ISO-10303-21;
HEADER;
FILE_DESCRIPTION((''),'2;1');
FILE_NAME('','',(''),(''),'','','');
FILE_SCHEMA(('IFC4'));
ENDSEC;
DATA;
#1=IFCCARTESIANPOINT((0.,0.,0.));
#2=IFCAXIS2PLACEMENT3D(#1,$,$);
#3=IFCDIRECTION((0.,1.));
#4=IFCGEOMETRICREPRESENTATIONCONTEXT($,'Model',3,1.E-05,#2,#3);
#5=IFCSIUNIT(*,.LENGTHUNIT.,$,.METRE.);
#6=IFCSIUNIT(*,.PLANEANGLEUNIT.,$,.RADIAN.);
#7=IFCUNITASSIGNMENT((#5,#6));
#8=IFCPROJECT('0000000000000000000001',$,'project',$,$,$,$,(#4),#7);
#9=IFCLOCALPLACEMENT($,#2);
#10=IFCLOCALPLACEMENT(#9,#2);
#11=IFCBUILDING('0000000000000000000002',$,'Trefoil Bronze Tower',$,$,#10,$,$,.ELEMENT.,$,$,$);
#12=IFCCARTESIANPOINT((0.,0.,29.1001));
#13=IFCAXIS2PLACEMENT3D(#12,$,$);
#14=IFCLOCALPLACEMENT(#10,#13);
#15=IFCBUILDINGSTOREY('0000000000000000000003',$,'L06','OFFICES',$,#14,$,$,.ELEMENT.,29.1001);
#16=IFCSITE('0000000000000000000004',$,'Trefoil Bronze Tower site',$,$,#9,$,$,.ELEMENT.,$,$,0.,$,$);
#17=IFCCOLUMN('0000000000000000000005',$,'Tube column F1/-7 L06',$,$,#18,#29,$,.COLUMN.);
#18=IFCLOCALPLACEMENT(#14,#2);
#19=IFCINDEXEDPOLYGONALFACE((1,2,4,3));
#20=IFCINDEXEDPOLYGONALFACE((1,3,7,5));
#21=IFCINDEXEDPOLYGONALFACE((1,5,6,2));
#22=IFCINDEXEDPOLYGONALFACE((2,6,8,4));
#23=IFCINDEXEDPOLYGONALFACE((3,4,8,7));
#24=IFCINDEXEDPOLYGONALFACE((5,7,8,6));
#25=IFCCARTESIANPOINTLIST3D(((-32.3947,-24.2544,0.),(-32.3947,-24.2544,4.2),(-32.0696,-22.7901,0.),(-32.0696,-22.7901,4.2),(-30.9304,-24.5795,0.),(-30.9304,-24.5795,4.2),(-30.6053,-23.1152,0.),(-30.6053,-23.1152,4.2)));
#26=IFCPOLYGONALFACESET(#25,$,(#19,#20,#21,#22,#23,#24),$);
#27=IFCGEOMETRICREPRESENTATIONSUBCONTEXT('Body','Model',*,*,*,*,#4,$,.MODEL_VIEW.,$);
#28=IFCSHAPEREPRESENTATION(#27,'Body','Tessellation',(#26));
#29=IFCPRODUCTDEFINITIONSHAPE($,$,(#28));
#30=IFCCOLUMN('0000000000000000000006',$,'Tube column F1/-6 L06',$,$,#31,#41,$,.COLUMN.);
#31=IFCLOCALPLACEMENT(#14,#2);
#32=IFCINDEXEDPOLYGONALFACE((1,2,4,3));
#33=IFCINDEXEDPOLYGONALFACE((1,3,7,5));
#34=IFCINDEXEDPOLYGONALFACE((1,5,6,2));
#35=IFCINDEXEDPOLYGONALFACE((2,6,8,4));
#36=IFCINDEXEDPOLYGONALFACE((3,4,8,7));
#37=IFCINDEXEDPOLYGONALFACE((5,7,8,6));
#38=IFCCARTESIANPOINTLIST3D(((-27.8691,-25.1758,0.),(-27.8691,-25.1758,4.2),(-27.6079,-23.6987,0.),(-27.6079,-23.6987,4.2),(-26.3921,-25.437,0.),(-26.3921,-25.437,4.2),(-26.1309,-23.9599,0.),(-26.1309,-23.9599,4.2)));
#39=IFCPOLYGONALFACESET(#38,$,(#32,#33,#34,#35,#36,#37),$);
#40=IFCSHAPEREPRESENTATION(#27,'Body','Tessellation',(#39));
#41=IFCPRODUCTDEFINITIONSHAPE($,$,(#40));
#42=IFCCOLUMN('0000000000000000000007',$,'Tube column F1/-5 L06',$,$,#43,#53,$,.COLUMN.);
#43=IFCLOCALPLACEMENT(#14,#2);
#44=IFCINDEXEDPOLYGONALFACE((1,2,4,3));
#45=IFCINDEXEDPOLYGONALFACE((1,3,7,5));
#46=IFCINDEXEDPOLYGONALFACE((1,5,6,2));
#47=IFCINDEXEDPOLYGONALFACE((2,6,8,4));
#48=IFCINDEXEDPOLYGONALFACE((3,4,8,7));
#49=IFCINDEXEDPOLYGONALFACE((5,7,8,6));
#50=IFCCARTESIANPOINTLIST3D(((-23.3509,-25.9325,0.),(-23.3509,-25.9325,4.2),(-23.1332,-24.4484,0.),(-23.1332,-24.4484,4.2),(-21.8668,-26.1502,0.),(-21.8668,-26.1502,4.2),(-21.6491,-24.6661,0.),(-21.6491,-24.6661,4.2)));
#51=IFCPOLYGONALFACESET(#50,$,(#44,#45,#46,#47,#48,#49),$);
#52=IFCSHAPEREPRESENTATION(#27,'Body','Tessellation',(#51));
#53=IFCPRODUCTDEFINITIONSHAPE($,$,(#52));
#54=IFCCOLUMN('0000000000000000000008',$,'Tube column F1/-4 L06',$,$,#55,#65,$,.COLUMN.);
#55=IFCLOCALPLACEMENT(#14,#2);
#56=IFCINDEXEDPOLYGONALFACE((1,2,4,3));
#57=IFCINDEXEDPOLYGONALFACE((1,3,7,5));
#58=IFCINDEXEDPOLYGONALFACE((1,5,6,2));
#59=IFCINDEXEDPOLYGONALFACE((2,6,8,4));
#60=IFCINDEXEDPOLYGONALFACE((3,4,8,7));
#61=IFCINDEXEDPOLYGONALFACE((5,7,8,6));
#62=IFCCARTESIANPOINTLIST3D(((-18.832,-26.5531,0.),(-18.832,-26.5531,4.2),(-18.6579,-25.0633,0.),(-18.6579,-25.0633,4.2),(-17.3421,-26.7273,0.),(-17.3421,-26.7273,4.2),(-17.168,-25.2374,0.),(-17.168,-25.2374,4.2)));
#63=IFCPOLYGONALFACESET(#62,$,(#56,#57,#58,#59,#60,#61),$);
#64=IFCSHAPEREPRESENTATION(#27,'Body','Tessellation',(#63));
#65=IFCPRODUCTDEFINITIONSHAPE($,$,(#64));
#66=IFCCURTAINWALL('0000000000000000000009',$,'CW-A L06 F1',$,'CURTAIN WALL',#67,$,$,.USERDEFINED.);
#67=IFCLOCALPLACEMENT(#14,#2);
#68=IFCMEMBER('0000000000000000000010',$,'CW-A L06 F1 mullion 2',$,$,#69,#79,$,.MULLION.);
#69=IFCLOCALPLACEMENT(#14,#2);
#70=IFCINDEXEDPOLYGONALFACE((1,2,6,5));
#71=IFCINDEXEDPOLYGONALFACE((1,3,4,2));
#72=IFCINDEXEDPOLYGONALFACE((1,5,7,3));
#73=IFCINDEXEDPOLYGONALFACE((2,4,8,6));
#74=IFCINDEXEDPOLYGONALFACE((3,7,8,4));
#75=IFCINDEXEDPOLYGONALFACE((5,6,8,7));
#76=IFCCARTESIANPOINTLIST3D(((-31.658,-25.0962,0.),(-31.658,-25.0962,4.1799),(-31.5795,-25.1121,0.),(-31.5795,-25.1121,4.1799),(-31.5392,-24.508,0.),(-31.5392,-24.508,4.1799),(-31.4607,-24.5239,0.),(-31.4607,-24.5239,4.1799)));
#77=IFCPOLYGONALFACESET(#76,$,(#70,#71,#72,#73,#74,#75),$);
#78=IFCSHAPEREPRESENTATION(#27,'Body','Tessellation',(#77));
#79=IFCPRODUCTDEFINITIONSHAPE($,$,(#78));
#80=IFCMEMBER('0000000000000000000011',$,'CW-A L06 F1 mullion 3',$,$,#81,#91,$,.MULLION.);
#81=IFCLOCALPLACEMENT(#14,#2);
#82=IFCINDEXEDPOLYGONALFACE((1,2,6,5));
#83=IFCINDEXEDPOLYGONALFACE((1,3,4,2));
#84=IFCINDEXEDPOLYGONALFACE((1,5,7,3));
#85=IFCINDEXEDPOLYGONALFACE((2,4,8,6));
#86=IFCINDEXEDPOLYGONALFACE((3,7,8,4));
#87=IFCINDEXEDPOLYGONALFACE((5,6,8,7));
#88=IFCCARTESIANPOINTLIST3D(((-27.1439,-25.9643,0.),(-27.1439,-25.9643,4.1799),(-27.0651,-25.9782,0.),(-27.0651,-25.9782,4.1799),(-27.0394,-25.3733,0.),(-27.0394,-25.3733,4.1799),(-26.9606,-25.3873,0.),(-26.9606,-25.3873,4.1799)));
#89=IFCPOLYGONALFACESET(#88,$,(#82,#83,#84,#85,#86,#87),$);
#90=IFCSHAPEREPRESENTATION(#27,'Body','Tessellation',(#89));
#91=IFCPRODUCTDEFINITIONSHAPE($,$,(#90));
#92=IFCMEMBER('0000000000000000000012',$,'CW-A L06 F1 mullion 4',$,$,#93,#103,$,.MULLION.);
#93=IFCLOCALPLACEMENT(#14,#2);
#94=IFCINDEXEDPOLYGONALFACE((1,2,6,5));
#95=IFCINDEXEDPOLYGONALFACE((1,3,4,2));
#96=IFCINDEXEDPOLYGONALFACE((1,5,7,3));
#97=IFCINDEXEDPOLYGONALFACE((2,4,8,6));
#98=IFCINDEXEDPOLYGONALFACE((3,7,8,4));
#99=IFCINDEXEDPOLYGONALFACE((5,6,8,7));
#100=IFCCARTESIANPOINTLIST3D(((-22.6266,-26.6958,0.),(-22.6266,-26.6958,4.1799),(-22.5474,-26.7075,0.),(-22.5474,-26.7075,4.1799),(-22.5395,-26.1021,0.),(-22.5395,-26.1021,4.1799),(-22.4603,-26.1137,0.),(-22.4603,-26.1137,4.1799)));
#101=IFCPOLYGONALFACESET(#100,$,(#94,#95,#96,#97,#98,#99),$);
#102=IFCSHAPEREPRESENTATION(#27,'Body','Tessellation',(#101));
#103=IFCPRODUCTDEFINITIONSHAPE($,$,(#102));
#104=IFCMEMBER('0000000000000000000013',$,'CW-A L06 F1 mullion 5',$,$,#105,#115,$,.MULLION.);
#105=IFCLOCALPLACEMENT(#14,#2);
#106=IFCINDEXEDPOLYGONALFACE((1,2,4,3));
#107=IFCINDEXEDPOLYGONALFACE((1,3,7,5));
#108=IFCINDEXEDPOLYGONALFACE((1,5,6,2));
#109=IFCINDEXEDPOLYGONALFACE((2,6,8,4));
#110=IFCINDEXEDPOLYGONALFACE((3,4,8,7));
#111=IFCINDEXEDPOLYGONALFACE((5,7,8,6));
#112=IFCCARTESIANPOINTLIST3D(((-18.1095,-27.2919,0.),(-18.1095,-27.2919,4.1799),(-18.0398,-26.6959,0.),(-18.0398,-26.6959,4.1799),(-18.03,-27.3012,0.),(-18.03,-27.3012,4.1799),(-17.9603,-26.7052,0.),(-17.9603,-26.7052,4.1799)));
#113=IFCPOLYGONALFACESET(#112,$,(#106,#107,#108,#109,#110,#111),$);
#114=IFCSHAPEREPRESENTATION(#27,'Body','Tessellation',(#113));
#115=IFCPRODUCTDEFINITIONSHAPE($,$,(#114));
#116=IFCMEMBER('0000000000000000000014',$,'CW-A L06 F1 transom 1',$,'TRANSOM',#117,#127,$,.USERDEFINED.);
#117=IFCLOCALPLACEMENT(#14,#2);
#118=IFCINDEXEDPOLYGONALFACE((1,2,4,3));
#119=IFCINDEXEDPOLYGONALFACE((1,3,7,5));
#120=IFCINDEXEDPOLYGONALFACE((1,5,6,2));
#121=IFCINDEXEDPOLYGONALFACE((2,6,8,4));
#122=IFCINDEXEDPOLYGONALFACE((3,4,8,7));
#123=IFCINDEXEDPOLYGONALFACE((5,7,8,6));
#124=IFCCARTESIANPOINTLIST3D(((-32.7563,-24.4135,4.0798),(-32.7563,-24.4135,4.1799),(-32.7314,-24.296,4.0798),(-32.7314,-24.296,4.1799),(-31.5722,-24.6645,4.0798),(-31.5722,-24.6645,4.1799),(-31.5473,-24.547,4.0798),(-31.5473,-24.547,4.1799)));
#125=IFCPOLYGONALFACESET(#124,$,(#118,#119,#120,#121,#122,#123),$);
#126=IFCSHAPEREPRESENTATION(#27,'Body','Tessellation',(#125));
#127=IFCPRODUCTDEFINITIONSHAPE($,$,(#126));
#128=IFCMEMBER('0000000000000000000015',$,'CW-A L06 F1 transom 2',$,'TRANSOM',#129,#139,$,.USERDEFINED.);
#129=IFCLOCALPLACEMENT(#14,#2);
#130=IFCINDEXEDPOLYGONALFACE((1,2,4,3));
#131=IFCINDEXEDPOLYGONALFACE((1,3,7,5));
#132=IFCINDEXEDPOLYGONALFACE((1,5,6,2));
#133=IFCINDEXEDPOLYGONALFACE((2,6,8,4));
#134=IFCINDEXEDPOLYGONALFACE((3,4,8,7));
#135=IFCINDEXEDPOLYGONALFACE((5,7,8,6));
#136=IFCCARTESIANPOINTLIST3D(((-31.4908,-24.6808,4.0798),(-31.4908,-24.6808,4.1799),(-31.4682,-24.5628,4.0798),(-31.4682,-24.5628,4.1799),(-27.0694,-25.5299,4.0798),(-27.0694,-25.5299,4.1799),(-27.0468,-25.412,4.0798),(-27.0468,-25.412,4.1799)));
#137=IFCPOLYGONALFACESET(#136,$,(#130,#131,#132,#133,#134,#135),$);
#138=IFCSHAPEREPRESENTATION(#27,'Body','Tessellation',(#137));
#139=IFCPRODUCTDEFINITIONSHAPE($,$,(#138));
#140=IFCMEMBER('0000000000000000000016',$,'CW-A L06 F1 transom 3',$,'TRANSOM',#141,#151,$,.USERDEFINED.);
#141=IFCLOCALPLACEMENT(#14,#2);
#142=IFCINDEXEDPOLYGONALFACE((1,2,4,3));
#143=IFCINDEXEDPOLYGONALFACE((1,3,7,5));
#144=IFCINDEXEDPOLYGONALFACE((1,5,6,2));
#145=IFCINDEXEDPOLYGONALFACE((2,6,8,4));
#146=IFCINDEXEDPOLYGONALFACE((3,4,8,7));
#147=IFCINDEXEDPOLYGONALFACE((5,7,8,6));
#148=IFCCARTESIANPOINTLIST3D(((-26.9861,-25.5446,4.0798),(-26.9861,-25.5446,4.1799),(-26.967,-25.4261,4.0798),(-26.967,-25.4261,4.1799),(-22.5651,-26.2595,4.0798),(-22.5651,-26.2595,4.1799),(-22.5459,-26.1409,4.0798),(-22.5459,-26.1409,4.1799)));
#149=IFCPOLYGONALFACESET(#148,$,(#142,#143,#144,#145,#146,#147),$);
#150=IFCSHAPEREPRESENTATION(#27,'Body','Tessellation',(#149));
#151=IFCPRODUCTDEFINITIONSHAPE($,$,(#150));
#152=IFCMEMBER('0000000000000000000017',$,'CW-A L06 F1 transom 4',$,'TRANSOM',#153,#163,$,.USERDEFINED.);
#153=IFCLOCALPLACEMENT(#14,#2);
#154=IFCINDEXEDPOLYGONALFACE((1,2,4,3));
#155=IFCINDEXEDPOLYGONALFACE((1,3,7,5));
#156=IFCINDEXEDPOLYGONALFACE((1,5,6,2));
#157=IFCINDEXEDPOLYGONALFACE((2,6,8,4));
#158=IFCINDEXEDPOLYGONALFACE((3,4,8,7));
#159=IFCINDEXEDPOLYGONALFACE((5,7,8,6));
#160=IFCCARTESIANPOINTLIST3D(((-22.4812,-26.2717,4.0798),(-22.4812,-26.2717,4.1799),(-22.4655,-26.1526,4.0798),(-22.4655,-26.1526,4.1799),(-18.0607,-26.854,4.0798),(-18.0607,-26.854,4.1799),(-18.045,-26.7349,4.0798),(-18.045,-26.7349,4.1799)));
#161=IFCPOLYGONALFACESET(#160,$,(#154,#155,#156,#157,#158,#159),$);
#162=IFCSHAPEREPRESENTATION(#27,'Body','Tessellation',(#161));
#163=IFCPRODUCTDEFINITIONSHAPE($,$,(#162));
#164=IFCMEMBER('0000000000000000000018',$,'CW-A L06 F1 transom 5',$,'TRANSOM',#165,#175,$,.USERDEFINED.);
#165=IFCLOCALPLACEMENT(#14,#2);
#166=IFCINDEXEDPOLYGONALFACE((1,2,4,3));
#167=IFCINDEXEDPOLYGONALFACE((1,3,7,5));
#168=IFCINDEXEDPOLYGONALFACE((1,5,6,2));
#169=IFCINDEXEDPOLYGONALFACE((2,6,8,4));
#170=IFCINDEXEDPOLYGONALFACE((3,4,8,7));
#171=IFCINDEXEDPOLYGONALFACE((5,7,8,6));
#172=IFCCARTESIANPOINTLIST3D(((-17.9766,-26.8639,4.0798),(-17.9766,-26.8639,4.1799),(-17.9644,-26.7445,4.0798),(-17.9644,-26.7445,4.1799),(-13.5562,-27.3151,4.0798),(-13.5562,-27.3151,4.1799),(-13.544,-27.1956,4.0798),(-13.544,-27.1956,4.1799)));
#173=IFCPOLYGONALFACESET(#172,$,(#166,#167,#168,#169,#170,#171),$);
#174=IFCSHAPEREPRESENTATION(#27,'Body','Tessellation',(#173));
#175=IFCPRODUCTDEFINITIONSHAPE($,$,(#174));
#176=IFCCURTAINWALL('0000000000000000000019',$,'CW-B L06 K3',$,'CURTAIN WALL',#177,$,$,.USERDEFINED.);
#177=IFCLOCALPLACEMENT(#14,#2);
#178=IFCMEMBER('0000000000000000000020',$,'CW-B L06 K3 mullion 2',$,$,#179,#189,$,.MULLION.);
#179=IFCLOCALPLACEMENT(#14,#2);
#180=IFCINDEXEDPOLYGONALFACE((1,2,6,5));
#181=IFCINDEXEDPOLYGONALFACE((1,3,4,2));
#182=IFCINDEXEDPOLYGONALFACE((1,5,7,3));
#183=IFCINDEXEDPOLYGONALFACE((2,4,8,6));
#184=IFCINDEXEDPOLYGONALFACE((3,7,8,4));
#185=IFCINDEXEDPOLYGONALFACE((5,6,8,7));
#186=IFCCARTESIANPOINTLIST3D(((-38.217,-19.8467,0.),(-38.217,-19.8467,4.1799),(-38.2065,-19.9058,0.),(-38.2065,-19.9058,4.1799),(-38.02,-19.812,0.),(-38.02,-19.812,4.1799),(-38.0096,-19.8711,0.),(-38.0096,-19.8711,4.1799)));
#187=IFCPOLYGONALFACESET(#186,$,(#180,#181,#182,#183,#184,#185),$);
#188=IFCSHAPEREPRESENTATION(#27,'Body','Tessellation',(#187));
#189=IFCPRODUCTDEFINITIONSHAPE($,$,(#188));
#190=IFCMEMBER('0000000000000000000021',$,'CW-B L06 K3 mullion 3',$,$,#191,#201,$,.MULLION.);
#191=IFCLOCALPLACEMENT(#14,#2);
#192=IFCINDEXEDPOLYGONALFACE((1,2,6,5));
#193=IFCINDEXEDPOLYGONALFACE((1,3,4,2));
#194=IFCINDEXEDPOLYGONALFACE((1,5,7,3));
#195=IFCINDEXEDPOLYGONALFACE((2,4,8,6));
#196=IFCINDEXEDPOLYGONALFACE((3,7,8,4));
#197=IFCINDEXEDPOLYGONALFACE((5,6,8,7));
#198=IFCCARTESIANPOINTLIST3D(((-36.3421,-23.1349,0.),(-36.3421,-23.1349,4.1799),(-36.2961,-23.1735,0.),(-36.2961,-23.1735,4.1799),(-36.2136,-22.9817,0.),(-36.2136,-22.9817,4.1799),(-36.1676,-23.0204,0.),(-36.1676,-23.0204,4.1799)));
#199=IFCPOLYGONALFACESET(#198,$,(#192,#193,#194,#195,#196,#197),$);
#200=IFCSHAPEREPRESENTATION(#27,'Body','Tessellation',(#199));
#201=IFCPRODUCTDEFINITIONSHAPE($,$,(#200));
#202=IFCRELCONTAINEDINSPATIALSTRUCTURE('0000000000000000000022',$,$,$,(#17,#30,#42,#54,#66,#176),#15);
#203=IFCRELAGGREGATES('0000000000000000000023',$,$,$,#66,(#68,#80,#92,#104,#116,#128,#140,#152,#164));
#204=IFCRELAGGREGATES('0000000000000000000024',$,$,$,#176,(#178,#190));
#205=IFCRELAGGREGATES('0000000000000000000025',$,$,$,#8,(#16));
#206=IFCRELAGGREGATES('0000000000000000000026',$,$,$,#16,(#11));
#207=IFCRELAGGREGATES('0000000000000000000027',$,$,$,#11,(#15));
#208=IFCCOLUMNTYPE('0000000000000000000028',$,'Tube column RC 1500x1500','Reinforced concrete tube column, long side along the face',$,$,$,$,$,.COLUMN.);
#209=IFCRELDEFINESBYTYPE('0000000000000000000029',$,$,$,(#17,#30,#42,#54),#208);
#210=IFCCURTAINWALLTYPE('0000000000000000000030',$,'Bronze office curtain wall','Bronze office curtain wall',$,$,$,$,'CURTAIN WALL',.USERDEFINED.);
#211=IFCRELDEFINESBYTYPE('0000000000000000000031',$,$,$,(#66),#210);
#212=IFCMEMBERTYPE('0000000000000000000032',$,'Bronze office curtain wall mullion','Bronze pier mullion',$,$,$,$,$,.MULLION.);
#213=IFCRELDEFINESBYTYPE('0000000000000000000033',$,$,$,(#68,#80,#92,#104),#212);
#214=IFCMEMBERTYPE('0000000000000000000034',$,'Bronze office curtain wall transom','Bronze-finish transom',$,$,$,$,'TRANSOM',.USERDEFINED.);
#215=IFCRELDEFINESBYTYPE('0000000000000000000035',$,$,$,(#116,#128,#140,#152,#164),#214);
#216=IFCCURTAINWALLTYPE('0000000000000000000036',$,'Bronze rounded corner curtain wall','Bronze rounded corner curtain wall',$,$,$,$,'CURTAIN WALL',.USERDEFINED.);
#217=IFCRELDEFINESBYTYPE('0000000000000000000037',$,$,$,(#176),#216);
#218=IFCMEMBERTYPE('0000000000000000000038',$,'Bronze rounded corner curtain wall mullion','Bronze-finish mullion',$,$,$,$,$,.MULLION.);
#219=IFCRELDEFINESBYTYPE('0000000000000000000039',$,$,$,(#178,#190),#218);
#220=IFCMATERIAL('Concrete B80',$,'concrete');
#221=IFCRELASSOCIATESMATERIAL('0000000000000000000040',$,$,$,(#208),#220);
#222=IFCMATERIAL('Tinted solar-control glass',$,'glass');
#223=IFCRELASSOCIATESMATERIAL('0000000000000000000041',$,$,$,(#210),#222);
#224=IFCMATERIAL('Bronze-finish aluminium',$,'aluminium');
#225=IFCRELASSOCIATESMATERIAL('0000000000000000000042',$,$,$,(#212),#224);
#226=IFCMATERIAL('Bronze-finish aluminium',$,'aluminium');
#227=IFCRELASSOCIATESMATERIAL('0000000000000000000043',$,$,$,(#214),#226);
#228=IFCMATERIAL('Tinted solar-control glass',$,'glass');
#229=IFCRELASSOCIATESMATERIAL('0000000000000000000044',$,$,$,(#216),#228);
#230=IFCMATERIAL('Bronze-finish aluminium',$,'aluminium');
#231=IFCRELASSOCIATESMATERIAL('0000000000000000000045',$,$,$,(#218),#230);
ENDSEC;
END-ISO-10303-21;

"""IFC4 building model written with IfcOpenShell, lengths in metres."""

from ifc_helpers import new_model, si_unit, direction, frame, origin, origin_2d, place, context, subcontext, project, spatial, rectangle, extrude, material, material_profile, profile_set, type_object, element, aggregate, save


model = new_model("IFC4")

# Units and contexts
model_context = context("Model", 3, precision=1e-05, world=origin(), true_north=direction((0.0, 1.0)))
body_context = subcontext(model_context, "Body", "Model", "MODEL_VIEW")
ifc_project = project(units=[si_unit("LENGTHUNIT", "METRE"), si_unit("PLANEANGLEUNIT", "RADIAN")], contexts=[model_context])

# Site, building, storey
site_placement = place(None, origin())
site = spatial("IfcSite", under=ifc_project, at=site_placement, Name="Trefoil Bronze Tower site", CompositionType="ELEMENT", RefElevation=0.0)
building_placement = place(site_placement, origin())
building = spatial("IfcBuilding", under=site, at=building_placement, Name="Trefoil Bronze Tower", CompositionType="ELEMENT")
storey_placement = place(building_placement, frame((0.0, 0.0, 29.1001)))
storey = spatial("IfcBuildingStorey", under=building, at=storey_placement, Name="L06", Description="OFFICES", CompositionType="ELEMENT", Elevation=29.1001)

# Columns
ifc_material_1 = material(Name="Concrete B80", Category="concrete")
ifc_material_profile_1 = material_profile(ifc_material_1, rectangle(XDim=1.5, YDim=1.5, at=origin_2d()), Name="RC 1500x1500")
ifc_profile_set_1 = profile_set([ifc_material_profile_1], Name="Concrete B80")
column_type = type_object("IfcColumnType", Name="Tube column RC 1500x1500", Description="Reinforced concrete tube column, long side along the face", PredefinedType="COLUMN", material=ifc_profile_set_1)
for number, where, z_axis, x_axis, name in (
    (1, (-31.5, -23.6848, 0.0), (0.0, 0.0, 1.0), (0.97623, -0.216739, 0.0), "Tube column F1/-7 L06"),
    (2, (-27.0, -24.5679, 0.0), (0.0, 0.0, 1.0), (0.984722, -0.174131, 0.0), "Tube column F1/-6 L06"),
    (3, (-22.5, -25.2993, 0.0), (0.0, 0.0, 1.0), (0.989416, -0.145109, 0.0), "Tube column F1/-5 L06"),
    (4, (-18.0, -25.8953, 0.0), (0.0, 0.0, 1.0), (0.993239, -0.116087, 0.0), "Tube column F1/-4 L06"),
):
    element("IfcColumn", number, at=place(storey_placement, frame(where, z_axis=z_axis, x_axis=x_axis)), inside=storey, type_object=column_type, Name=name, PredefinedType="COLUMN", context=body_context, shape_type="SweptSolid", body=[
        extrude(rectangle(XDim=1.5, YDim=1.5, at=origin_2d()), origin(), (0.0, 0.0, 1.0), 4.2),
    ])

# Curtain walls, members
ifc_material_2 = material(Name="Tinted solar-control glass", Category="glass")
curtain_wall_type_1 = type_object("IfcCurtainWallType", Name="Bronze office curtain wall", Description="Bronze office curtain wall", ElementType="CURTAIN WALL", PredefinedType="USERDEFINED", material=ifc_material_2)
curtain_wall_1_placement = place(storey_placement, origin())
curtain_wall_1 = element("IfcCurtainWall", 5, at=curtain_wall_1_placement, inside=storey, type_object=curtain_wall_type_1, Name="CW-A L06 F1", ObjectType="CURTAIN WALL", PredefinedType="USERDEFINED")
ifc_material_3 = material(Name="Bronze-finish aluminium", Category="aluminium")
ifc_material_profile_2 = material_profile(ifc_material_3, rectangle(XDim=0.6001, YDim=0.0801, at=origin_2d()), Name="CW-A mullion")
ifc_profile_set_2 = profile_set([ifc_material_profile_2], Name="Bronze-finish aluminium")
member_type_1 = type_object("IfcMemberType", Name="Bronze office curtain wall mullion", Description="Bronze pier mullion", PredefinedType="MULLION", material=ifc_profile_set_2)
member_1_placement = place(storey_placement, frame((-31.5593, -24.8101, 0.0), z_axis=(0.0, 0.0, 1.0), x_axis=(0.19791, 0.98022, 0.0)))
member_1 = element("IfcMember", 6, at=member_1_placement, type_object=member_type_1, Name="CW-A L06 F1 mullion 2", PredefinedType="MULLION", context=body_context, shape_type="SweptSolid", body=[
    extrude(rectangle(XDim=0.6001, YDim=0.0801, at=origin_2d()), origin(), (0.0, 0.0, 1.0), 4.1799),
])
member_2_placement = place(storey_placement, frame((-27.0522, -25.6758, 0.0), z_axis=(0.0, 0.0, 1.0), x_axis=(0.174131, 0.984722, 0.0)))
member_2 = element("IfcMember", 7, at=member_2_placement, type_object=member_type_1, Name="CW-A L06 F1 mullion 3", PredefinedType="MULLION", context=body_context, shape_type="SweptSolid", body=[
    extrude(rectangle(XDim=0.6001, YDim=0.0801, at=origin_2d()), origin(), (0.0, 0.0, 1.0), 4.1799),
])
member_3_placement = place(storey_placement, frame((-22.5435, -26.4048, 0.0), z_axis=(0.0, 0.0, 1.0), x_axis=(0.145109, 0.989416, 0.0)))
member_3 = element("IfcMember", 8, at=member_3_placement, type_object=member_type_1, Name="CW-A L06 F1 mullion 4", PredefinedType="MULLION", context=body_context, shape_type="SweptSolid", body=[
    extrude(rectangle(XDim=0.6001, YDim=0.0801, at=origin_2d()), origin(), (0.0, 0.0, 1.0), 4.1799),
])
member_4_placement = place(storey_placement, frame((-18.0349, -26.9985, 0.0), z_axis=(0.0, 0.0, 1.0), x_axis=(0.116087, 0.993239, 0.0)))
member_4 = element("IfcMember", 9, at=member_4_placement, type_object=member_type_1, Name="CW-A L06 F1 mullion 5", PredefinedType="MULLION", context=body_context, shape_type="SweptSolid", body=[
    extrude(rectangle(XDim=0.6001, YDim=0.0801, at=origin_2d()), origin(), (0.0, 0.0, 1.0), 4.1799),
])
ifc_material_4 = material(Name="Bronze-finish aluminium", Category="aluminium")
ifc_material_profile_3 = material_profile(ifc_material_4, rectangle(XDim=0.1201, YDim=0.1001, at=origin_2d()), Name="CW-A transom")
ifc_profile_set_3 = profile_set([ifc_material_profile_3], Name="Bronze-finish aluminium")
member_type_2 = type_object("IfcMemberType", Name="Bronze office curtain wall transom", Description="Bronze-finish transom", ElementType="TRANSOM", PredefinedType="USERDEFINED", material=ifc_profile_set_3)
member_5_placement = place(storey_placement, frame((-32.7439, -24.3547, 4.1299), z_axis=(0.978266, -0.207352, 0.0), x_axis=(0.207352, 0.978266, 0.0)))
member_5 = element("IfcMember", 10, at=member_5_placement, type_object=member_type_2, Name="CW-A L06 F1 transom 1", ObjectType="TRANSOM", PredefinedType="USERDEFINED", context=body_context, shape_type="SweptSolid", body=[
    extrude(rectangle(XDim=0.1201, YDim=0.1001, at=origin_2d()), origin(), (0.0, 0.0, 1.0), 1.2104),
])
member_6_placement = place(storey_placement, frame((-31.4795, -24.6218, 4.1299), z_axis=(0.982054, -0.188602, 0.0), x_axis=(0.188602, 0.982054, 0.0)))
member_6 = element("IfcMember", 11, at=member_6_placement, type_object=member_type_2, Name="CW-A L06 F1 transom 2", ObjectType="TRANSOM", PredefinedType="USERDEFINED", context=body_context, shape_type="SweptSolid", body=[
    extrude(rectangle(XDim=0.1201, YDim=0.1001, at=origin_2d()), origin(), (0.0, 0.0, 1.0), 4.5022),
])
member_7_placement = place(storey_placement, frame((-26.9766, -25.4854, 4.1299), z_axis=(0.987179, -0.159615, 0.0), x_axis=(0.159615, 0.987179, 0.0)))
member_7 = element("IfcMember", 12, at=member_7_placement, type_object=member_type_2, Name="CW-A L06 F1 transom 3", ObjectType="TRANSOM", PredefinedType="USERDEFINED", context=body_context, shape_type="SweptSolid", body=[
    extrude(rectangle(XDim=0.1201, YDim=0.1001, at=origin_2d()), origin(), (0.0, 0.0, 1.0), 4.4785),
])
member_8_placement = place(storey_placement, frame((-22.4734, -26.2122, 4.1299), z_axis=(0.991437, -0.130589, 0.0), x_axis=(0.130589, 0.991437, 0.0)))
member_8 = element("IfcMember", 13, at=member_8_placement, type_object=member_type_2, Name="CW-A L06 F1 transom 4", ObjectType="TRANSOM", PredefinedType="USERDEFINED", context=body_context, shape_type="SweptSolid", body=[
    extrude(rectangle(XDim=0.1201, YDim=0.1001, at=origin_2d()), origin(), (0.0, 0.0, 1.0), 4.4587),
])
member_9_placement = place(storey_placement, frame((-17.9705, -26.8042, 4.1299), z_axis=(0.994832, -0.101538, 0.0), x_axis=(0.101538, 0.994832, 0.0)))
member_9 = element("IfcMember", 14, at=member_9_placement, type_object=member_type_2, Name="CW-A L06 F1 transom 5", ObjectType="TRANSOM", PredefinedType="USERDEFINED", context=body_context, shape_type="SweptSolid", body=[
    extrude(rectangle(XDim=0.1201, YDim=0.1001, at=origin_2d()), origin(), (0.0, 0.0, 1.0), 4.4434),
])
ifc_material_5 = material(Name="Tinted solar-control glass", Category="glass")
curtain_wall_type_2 = type_object("IfcCurtainWallType", Name="Bronze rounded corner curtain wall", Description="Bronze rounded corner curtain wall", ElementType="CURTAIN WALL", PredefinedType="USERDEFINED", material=ifc_material_5)
curtain_wall_2_placement = place(storey_placement, origin())
curtain_wall_2 = element("IfcCurtainWall", 15, at=curtain_wall_2_placement, inside=storey, type_object=curtain_wall_type_2, Name="CW-B L06 K3", ObjectType="CURTAIN WALL", PredefinedType="USERDEFINED")
ifc_material_6 = material(Name="Bronze-finish aluminium", Category="aluminium")
ifc_material_profile_4 = material_profile(ifc_material_6, rectangle(XDim=0.2, YDim=0.0601, at=origin_2d()), Name="CW-B mullion")
ifc_profile_set_4 = profile_set([ifc_material_profile_4], Name="Bronze-finish aluminium")
member_type_3 = type_object("IfcMemberType", Name="Bronze rounded corner curtain wall mullion", Description="Bronze-finish mullion", PredefinedType="MULLION", material=ifc_profile_set_4)
member_10_placement = place(storey_placement, frame((-38.1133, -19.8589, 0.0), z_axis=(0.0, 0.0, 1.0), x_axis=(0.984808, 0.173648, 0.0)))
member_10 = element("IfcMember", 16, at=member_10_placement, type_object=member_type_3, Name="CW-B L06 K3 mullion 2", PredefinedType="MULLION", context=body_context, shape_type="SweptSolid", body=[
    extrude(rectangle(XDim=0.2, YDim=0.0601, at=origin_2d()), origin(), (0.0, 0.0, 1.0), 4.1799),
])
member_11_placement = place(storey_placement, frame((-36.2549, -23.0776, 0.0), z_axis=(0.0, 0.0, 1.0), x_axis=(0.642788, 0.766044, 0.0)))
member_11 = element("IfcMember", 17, at=member_11_placement, type_object=member_type_3, Name="CW-B L06 K3 mullion 3", PredefinedType="MULLION", context=body_context, shape_type="SweptSolid", body=[
    extrude(rectangle(XDim=0.2, YDim=0.0601, at=origin_2d()), origin(), (0.0, 0.0, 1.0), 4.1799),
])

aggregate(curtain_wall_1, [member_1, member_2, member_3, member_4, member_5, member_6, member_7, member_8, member_9])
aggregate(curtain_wall_2, [member_10, member_11])

save(model, "model.ifc")
